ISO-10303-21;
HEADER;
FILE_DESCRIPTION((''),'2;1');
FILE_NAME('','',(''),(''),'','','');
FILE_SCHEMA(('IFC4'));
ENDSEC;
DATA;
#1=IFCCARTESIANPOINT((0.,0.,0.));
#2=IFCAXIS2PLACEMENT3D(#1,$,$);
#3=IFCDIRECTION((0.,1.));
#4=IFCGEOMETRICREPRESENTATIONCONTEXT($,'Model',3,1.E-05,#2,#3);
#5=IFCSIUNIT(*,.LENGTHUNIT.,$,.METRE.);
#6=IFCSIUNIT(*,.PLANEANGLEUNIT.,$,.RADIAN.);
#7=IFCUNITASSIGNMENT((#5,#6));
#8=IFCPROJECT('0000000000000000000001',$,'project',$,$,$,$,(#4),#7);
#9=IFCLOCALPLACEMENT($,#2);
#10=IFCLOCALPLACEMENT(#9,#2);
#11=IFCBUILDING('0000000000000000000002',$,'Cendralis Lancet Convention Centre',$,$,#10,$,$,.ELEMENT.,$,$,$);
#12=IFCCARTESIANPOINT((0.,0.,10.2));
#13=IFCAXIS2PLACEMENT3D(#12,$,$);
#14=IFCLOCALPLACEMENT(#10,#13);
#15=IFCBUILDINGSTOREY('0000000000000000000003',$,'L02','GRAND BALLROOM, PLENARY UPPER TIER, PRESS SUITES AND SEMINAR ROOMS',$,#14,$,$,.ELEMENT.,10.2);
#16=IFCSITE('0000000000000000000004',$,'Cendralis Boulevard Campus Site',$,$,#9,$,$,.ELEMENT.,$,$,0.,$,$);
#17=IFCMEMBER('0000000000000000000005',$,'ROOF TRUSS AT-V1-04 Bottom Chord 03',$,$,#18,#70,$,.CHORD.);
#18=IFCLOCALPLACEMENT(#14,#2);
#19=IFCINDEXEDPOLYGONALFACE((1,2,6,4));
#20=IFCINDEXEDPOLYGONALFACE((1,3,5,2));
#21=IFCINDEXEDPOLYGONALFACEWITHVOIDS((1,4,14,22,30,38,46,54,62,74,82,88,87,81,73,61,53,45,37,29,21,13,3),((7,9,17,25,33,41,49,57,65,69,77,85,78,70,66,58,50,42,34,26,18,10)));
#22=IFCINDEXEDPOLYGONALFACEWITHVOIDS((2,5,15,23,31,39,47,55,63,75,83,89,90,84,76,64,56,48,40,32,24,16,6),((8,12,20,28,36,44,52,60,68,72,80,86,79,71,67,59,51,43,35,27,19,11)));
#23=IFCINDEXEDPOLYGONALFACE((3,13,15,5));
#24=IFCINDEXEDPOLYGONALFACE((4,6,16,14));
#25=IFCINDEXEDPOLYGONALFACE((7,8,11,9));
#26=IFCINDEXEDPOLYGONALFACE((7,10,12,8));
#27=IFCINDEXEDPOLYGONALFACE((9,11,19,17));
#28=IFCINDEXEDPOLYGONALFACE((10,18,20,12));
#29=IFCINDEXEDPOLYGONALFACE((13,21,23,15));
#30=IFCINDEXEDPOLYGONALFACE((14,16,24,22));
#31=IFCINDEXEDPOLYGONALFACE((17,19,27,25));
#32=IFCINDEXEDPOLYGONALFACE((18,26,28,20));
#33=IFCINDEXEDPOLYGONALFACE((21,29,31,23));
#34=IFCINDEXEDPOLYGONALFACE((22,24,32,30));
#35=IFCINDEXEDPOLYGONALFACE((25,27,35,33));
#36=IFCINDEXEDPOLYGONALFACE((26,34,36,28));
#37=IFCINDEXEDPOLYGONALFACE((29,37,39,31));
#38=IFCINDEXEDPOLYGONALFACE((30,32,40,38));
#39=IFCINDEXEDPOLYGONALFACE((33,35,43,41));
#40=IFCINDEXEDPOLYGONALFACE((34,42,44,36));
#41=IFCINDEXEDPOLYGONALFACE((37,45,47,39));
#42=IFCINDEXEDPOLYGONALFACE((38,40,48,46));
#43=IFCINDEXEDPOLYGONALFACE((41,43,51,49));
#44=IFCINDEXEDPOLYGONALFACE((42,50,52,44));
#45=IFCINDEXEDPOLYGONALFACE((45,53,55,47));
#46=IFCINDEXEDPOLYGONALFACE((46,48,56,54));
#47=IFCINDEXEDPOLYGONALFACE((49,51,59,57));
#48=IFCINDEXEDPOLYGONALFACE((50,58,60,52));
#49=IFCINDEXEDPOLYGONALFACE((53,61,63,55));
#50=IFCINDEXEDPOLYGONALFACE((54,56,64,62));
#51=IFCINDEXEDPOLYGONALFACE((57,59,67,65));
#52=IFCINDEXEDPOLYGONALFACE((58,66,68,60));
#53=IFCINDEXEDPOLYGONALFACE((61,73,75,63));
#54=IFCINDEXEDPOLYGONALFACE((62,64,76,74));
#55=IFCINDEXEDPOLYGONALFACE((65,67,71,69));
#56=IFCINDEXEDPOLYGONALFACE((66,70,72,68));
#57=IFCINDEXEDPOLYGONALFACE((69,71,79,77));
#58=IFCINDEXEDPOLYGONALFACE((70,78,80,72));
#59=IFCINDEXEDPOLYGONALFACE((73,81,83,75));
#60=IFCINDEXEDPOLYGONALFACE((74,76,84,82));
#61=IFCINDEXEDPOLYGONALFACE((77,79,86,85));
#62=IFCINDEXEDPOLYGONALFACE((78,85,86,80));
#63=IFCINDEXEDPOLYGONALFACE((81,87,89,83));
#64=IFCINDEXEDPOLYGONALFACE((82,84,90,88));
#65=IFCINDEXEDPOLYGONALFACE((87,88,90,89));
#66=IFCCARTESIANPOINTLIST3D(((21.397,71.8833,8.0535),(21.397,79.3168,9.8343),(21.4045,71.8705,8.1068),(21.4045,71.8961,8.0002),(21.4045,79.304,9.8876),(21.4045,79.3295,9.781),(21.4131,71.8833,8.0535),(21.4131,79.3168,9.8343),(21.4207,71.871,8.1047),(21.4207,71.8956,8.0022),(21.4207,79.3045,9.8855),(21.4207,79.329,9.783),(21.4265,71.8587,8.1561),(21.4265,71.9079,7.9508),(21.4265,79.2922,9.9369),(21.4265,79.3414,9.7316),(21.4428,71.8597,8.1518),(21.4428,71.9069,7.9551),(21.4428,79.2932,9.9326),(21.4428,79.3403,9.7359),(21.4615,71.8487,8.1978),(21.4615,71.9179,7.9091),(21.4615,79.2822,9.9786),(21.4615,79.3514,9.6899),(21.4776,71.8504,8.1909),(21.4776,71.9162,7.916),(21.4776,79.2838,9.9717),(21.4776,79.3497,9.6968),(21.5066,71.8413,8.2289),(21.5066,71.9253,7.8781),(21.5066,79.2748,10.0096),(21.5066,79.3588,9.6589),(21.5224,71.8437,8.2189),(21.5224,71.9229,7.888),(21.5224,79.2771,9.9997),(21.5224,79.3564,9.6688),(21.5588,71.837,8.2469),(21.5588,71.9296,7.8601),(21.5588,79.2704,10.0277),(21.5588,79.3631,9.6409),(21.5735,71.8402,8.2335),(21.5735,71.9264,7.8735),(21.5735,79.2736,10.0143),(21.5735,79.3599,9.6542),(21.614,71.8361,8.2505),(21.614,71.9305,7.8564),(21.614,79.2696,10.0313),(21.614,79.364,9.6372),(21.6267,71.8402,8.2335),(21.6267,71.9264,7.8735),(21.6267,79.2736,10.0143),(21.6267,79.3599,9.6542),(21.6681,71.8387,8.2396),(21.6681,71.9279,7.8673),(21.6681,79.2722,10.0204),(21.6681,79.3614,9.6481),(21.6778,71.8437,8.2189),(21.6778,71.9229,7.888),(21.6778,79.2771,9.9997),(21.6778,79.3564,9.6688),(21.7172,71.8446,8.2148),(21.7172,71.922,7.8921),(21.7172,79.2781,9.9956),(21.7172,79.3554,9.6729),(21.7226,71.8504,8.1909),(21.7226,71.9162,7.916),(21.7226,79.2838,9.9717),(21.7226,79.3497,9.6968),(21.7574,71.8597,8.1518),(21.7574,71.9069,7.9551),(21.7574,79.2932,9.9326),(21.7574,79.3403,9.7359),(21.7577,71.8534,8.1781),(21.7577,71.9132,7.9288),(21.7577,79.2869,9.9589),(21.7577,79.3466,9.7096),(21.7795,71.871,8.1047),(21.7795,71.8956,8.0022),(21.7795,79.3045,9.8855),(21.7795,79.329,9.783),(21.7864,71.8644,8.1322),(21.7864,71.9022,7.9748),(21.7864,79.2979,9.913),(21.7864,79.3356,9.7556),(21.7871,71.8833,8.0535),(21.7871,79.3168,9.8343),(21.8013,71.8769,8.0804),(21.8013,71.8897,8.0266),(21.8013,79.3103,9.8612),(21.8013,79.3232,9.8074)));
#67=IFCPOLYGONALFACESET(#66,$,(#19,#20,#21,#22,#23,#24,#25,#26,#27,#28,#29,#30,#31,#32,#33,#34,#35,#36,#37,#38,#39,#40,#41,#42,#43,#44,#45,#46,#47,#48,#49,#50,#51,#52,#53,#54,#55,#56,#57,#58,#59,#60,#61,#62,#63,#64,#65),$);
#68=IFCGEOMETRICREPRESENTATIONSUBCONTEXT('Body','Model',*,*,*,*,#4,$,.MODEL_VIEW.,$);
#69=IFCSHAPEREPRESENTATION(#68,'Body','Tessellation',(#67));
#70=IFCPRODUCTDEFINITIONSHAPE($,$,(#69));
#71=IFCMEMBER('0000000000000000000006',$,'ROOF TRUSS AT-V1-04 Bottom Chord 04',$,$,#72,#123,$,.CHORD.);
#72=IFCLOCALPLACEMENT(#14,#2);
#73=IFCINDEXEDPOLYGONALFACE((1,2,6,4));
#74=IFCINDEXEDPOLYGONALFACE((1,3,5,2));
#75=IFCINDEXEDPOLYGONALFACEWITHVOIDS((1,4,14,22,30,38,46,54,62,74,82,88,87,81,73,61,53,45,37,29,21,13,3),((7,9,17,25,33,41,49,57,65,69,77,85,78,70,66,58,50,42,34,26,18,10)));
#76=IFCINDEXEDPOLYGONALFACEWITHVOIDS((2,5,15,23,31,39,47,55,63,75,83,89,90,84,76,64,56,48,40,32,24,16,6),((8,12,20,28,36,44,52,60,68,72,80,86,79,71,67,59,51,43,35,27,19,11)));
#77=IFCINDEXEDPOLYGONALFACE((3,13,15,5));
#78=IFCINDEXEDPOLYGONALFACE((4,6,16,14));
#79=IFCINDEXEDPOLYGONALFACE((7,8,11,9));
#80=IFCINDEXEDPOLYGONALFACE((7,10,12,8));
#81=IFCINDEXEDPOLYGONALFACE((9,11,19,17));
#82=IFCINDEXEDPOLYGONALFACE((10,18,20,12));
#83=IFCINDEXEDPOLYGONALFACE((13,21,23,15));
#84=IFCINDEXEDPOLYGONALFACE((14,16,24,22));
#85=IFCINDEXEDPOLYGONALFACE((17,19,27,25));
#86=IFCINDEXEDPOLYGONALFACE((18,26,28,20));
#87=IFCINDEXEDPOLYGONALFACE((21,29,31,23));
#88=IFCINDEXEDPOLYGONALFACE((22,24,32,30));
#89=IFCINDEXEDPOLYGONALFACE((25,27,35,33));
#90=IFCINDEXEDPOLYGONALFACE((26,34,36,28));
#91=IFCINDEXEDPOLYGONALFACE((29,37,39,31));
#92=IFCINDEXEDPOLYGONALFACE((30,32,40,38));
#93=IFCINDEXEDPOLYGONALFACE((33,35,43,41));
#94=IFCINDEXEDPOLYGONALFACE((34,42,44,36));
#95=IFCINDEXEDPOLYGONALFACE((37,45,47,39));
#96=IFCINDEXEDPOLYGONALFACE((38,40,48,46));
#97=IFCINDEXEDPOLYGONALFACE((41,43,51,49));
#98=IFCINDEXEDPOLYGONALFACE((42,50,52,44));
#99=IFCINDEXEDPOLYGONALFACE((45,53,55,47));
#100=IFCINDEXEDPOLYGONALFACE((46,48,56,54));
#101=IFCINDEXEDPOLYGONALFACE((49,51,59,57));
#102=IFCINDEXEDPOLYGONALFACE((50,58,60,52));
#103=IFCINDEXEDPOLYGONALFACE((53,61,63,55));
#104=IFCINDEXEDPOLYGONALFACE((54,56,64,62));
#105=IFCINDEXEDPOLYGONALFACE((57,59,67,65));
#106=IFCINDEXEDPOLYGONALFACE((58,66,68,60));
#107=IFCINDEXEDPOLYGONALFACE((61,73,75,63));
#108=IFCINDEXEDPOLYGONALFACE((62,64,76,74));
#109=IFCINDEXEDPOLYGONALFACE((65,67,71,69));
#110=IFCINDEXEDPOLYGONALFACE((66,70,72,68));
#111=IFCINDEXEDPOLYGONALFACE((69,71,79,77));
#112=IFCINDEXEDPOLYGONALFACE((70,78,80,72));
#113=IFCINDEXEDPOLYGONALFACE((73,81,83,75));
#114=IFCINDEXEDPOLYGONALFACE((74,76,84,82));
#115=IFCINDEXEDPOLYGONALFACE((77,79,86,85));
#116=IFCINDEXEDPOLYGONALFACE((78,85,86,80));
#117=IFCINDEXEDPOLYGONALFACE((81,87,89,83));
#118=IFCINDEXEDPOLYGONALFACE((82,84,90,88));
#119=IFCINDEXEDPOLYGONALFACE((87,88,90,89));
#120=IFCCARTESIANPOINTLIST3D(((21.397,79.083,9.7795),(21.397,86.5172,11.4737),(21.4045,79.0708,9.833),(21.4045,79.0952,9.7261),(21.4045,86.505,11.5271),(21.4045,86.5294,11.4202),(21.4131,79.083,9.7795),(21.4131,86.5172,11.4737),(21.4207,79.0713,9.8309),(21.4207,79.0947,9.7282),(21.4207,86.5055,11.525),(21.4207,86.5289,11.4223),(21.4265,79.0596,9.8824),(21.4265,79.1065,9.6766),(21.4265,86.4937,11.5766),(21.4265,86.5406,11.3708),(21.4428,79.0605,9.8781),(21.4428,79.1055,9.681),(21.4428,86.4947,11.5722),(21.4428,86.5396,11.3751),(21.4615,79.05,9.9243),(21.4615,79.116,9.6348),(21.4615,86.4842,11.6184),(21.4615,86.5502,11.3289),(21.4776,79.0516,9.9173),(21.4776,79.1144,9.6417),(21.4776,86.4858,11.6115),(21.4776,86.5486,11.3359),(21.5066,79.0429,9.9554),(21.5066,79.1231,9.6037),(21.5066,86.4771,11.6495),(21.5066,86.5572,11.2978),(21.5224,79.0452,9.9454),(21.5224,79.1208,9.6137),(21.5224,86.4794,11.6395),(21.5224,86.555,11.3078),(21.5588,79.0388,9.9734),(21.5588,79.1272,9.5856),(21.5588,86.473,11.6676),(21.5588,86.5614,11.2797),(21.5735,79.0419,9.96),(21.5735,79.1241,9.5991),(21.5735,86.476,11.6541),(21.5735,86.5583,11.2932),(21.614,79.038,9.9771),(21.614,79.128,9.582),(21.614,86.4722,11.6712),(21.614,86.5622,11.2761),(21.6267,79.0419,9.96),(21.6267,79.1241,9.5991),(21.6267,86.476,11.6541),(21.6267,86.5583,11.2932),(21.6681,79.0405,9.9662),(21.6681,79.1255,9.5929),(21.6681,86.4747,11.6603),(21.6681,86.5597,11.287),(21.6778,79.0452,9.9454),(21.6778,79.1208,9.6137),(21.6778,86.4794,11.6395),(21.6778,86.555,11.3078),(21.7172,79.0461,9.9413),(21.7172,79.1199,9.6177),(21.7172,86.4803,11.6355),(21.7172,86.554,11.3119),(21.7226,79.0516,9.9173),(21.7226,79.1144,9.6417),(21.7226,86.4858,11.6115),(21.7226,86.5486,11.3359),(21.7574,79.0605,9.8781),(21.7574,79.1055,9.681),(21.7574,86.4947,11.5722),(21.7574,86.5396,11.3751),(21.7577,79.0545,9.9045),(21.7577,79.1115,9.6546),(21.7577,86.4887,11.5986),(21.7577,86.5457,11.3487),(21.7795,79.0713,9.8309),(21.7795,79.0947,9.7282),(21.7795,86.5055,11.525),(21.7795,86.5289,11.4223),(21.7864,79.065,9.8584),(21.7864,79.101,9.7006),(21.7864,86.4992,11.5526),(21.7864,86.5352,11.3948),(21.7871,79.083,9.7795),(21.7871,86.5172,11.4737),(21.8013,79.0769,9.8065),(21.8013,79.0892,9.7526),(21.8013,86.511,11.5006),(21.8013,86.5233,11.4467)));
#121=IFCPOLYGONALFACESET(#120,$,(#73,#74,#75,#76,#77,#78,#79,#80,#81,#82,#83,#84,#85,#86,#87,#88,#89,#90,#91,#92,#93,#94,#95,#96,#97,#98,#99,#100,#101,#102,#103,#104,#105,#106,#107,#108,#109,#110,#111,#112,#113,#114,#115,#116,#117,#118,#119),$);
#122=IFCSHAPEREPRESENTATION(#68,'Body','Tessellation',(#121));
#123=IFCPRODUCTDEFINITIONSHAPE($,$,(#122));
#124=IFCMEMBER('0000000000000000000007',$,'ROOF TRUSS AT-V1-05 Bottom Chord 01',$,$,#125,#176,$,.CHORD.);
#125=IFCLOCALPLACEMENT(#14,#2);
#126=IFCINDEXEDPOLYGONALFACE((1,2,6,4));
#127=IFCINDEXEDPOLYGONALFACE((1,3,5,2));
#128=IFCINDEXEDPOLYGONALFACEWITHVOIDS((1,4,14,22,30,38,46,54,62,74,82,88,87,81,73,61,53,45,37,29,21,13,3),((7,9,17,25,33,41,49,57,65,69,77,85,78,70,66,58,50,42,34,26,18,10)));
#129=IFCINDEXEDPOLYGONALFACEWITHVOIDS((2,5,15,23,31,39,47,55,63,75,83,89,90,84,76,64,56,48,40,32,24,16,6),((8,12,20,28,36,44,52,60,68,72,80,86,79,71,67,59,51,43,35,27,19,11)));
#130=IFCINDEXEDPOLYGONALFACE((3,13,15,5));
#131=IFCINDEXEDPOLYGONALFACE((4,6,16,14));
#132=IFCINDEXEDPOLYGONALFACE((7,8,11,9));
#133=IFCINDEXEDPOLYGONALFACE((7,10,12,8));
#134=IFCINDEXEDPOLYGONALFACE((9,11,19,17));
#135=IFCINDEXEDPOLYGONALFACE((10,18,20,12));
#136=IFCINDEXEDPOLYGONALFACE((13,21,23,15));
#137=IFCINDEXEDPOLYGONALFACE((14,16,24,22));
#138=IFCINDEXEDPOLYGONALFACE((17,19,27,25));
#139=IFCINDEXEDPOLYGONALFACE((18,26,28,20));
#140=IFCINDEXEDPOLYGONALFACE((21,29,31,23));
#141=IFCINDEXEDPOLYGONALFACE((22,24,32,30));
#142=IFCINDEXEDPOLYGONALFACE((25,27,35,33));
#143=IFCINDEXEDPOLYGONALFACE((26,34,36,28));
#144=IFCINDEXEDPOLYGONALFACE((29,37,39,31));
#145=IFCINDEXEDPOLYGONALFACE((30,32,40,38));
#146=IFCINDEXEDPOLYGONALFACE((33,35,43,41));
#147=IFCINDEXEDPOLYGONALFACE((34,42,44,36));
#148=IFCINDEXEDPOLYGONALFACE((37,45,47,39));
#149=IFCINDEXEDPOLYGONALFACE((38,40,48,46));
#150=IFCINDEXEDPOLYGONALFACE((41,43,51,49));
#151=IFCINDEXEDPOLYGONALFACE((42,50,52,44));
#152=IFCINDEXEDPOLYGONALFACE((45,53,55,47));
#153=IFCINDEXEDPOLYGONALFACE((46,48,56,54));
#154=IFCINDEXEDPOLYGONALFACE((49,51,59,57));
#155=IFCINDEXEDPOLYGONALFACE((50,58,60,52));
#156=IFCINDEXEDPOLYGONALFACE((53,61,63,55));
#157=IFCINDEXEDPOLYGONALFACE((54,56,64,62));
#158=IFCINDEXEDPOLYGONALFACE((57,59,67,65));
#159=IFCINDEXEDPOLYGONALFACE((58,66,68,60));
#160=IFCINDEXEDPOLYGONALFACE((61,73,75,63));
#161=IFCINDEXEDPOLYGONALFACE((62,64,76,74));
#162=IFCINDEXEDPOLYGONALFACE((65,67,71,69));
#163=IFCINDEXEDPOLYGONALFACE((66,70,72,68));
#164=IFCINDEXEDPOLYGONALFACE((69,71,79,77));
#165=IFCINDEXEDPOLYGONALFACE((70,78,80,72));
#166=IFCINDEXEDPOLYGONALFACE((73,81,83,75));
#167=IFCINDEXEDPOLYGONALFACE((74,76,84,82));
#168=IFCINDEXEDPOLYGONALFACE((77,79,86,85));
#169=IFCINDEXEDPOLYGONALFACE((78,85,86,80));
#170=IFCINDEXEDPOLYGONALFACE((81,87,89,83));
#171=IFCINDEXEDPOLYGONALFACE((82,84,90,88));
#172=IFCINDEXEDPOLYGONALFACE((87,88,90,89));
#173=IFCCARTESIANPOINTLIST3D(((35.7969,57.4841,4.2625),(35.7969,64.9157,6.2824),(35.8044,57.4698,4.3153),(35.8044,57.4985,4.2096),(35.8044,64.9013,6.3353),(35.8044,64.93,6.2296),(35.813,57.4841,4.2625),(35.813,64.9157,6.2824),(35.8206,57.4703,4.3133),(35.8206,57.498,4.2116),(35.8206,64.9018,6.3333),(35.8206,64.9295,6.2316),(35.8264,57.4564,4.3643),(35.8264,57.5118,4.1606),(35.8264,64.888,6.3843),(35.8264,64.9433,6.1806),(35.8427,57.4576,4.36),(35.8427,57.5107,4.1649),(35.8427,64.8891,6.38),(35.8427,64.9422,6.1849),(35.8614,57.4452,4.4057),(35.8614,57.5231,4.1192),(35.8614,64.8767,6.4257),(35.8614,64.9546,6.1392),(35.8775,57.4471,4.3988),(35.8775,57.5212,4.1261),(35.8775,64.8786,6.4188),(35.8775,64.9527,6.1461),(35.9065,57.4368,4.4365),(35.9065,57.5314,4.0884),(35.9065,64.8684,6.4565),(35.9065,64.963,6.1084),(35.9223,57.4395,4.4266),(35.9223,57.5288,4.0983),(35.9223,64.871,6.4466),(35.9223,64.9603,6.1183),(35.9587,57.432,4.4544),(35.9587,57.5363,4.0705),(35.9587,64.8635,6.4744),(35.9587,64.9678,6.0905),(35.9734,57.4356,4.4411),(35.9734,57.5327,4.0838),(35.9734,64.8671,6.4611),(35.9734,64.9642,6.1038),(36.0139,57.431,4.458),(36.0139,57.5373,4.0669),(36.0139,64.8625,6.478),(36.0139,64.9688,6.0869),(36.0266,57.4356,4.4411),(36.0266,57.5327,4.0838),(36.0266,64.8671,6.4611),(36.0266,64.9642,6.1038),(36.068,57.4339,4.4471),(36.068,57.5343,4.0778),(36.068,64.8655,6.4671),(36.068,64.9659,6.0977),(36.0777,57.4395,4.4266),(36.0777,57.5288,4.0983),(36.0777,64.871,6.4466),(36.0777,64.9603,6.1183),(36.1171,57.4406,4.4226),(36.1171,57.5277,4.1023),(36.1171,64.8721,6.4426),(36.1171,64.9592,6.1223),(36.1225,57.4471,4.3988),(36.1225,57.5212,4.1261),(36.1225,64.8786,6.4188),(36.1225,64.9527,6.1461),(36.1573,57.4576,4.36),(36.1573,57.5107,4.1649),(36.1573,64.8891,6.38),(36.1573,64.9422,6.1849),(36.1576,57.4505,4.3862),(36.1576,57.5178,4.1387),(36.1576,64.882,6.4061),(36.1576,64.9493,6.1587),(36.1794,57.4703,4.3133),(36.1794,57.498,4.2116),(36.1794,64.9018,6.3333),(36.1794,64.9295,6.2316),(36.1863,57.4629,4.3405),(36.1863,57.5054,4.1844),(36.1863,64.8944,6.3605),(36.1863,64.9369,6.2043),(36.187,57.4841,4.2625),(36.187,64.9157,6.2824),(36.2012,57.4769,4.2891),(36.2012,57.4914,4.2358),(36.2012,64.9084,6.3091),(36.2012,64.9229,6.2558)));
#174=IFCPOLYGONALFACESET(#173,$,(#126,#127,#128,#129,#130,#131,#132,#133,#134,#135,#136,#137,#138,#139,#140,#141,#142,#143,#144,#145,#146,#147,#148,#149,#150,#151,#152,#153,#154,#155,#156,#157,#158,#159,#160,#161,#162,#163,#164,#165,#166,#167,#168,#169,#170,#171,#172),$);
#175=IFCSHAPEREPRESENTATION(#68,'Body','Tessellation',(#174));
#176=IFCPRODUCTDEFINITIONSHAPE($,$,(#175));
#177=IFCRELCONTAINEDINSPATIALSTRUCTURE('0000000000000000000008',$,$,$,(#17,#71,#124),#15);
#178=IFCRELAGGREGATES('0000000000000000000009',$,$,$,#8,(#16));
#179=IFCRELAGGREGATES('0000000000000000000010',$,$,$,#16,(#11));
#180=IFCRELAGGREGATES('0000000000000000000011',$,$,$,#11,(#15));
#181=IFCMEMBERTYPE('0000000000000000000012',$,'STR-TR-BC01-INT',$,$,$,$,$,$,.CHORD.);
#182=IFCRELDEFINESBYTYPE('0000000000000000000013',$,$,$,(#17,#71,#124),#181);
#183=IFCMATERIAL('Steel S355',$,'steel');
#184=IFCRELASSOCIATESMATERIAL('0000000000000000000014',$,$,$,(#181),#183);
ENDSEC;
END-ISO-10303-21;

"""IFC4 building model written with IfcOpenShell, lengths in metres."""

from ifc_helpers import new_model, si_unit, direction, frame, origin, origin_2d, place, context, subcontext, project, spatial, hollow_circle, extrude, material, material_profile, profile_set, type_object, element, save


model = new_model("IFC4")

# Units and contexts
model_context = context("Model", 3, precision=1e-05, world=origin(), true_north=direction((0.0, 1.0)))
body_context = subcontext(model_context, "Body", "Model", "MODEL_VIEW")
ifc_project = project(units=[si_unit("LENGTHUNIT", "METRE"), si_unit("PLANEANGLEUNIT", "RADIAN")], contexts=[model_context])

# Site, building, storey
site_placement = place(None, origin())
site = spatial("IfcSite", under=ifc_project, at=site_placement, Name="Cendralis Boulevard Campus Site", CompositionType="ELEMENT", RefElevation=0.0)
building_placement = place(site_placement, origin())
building = spatial("IfcBuilding", under=site, at=building_placement, Name="Cendralis Lancet Convention Centre", CompositionType="ELEMENT")
storey_placement = place(building_placement, frame((0.0, 0.0, 10.2)))
storey = spatial("IfcBuildingStorey", under=building, at=storey_placement, Name="L02", Description="GRAND BALLROOM, PLENARY UPPER TIER, PRESS SUITES AND SEMINAR ROOMS", CompositionType="ELEMENT", Elevation=10.2)

# Members
ifc_material = material(Name="Steel S355", Category="steel")
ifc_material_profile_1 = material_profile(ifc_material, hollow_circle(Radius=0.2031, WallThickness=0.0161, at=origin_2d()), Name="CHS 406.4x16.0")
ifc_profile_set_1 = profile_set([ifc_material_profile_1], Name="Steel S355")
member_type_1 = type_object("IfcMemberType", Name="STR-TR-BC01-INT", PredefinedType="CHORD", material=ifc_profile_set_1)
member_1_placement = place(storey_placement, frame((21.6001, 71.8833, 8.0535), z_axis=(0.0, 0.972483, 0.232972), x_axis=(-1.0, 0.0, 0.0)))
element("IfcMember", 1, at=member_1_placement, inside=storey, type_object=member_type_1, Name="ROOF TRUSS AT-V1-04 Bottom Chord 03", PredefinedType="CHORD", context=body_context, shape_type="SweptSolid", body=[
    extrude(hollow_circle(Radius=0.2031, WallThickness=0.0161, at=origin_2d()), origin(), (0.0, 0.0, 1.0), 7.6438),
])
member_2_placement = place(storey_placement, frame((21.6001, 79.083, 9.7795), z_axis=(0.0, 0.975004, 0.222186), x_axis=(-1.0, 0.0, 0.0)))
element("IfcMember", 2, at=member_2_placement, inside=storey, type_object=member_type_1, Name="ROOF TRUSS AT-V1-04 Bottom Chord 04", PredefinedType="CHORD", context=body_context, shape_type="SweptSolid", body=[
    extrude(hollow_circle(Radius=0.2031, WallThickness=0.0161, at=origin_2d()), origin(), (0.0, 0.0, 1.0), 7.6248),
])
member_3_placement = place(storey_placement, frame((36.0, 57.4841, 4.2625), z_axis=(0.0, 0.964987, 0.262296), x_axis=(-1.0, 0.0, 0.0)))
element("IfcMember", 3, at=member_3_placement, inside=storey, type_object=member_type_1, Name="ROOF TRUSS AT-V1-05 Bottom Chord 01", PredefinedType="CHORD", context=body_context, shape_type="SweptSolid", body=[
    extrude(hollow_circle(Radius=0.2031, WallThickness=0.0161, at=origin_2d()), origin(), (0.0, 0.0, 1.0), 7.7012),
])

save(model, "model.ifc")
